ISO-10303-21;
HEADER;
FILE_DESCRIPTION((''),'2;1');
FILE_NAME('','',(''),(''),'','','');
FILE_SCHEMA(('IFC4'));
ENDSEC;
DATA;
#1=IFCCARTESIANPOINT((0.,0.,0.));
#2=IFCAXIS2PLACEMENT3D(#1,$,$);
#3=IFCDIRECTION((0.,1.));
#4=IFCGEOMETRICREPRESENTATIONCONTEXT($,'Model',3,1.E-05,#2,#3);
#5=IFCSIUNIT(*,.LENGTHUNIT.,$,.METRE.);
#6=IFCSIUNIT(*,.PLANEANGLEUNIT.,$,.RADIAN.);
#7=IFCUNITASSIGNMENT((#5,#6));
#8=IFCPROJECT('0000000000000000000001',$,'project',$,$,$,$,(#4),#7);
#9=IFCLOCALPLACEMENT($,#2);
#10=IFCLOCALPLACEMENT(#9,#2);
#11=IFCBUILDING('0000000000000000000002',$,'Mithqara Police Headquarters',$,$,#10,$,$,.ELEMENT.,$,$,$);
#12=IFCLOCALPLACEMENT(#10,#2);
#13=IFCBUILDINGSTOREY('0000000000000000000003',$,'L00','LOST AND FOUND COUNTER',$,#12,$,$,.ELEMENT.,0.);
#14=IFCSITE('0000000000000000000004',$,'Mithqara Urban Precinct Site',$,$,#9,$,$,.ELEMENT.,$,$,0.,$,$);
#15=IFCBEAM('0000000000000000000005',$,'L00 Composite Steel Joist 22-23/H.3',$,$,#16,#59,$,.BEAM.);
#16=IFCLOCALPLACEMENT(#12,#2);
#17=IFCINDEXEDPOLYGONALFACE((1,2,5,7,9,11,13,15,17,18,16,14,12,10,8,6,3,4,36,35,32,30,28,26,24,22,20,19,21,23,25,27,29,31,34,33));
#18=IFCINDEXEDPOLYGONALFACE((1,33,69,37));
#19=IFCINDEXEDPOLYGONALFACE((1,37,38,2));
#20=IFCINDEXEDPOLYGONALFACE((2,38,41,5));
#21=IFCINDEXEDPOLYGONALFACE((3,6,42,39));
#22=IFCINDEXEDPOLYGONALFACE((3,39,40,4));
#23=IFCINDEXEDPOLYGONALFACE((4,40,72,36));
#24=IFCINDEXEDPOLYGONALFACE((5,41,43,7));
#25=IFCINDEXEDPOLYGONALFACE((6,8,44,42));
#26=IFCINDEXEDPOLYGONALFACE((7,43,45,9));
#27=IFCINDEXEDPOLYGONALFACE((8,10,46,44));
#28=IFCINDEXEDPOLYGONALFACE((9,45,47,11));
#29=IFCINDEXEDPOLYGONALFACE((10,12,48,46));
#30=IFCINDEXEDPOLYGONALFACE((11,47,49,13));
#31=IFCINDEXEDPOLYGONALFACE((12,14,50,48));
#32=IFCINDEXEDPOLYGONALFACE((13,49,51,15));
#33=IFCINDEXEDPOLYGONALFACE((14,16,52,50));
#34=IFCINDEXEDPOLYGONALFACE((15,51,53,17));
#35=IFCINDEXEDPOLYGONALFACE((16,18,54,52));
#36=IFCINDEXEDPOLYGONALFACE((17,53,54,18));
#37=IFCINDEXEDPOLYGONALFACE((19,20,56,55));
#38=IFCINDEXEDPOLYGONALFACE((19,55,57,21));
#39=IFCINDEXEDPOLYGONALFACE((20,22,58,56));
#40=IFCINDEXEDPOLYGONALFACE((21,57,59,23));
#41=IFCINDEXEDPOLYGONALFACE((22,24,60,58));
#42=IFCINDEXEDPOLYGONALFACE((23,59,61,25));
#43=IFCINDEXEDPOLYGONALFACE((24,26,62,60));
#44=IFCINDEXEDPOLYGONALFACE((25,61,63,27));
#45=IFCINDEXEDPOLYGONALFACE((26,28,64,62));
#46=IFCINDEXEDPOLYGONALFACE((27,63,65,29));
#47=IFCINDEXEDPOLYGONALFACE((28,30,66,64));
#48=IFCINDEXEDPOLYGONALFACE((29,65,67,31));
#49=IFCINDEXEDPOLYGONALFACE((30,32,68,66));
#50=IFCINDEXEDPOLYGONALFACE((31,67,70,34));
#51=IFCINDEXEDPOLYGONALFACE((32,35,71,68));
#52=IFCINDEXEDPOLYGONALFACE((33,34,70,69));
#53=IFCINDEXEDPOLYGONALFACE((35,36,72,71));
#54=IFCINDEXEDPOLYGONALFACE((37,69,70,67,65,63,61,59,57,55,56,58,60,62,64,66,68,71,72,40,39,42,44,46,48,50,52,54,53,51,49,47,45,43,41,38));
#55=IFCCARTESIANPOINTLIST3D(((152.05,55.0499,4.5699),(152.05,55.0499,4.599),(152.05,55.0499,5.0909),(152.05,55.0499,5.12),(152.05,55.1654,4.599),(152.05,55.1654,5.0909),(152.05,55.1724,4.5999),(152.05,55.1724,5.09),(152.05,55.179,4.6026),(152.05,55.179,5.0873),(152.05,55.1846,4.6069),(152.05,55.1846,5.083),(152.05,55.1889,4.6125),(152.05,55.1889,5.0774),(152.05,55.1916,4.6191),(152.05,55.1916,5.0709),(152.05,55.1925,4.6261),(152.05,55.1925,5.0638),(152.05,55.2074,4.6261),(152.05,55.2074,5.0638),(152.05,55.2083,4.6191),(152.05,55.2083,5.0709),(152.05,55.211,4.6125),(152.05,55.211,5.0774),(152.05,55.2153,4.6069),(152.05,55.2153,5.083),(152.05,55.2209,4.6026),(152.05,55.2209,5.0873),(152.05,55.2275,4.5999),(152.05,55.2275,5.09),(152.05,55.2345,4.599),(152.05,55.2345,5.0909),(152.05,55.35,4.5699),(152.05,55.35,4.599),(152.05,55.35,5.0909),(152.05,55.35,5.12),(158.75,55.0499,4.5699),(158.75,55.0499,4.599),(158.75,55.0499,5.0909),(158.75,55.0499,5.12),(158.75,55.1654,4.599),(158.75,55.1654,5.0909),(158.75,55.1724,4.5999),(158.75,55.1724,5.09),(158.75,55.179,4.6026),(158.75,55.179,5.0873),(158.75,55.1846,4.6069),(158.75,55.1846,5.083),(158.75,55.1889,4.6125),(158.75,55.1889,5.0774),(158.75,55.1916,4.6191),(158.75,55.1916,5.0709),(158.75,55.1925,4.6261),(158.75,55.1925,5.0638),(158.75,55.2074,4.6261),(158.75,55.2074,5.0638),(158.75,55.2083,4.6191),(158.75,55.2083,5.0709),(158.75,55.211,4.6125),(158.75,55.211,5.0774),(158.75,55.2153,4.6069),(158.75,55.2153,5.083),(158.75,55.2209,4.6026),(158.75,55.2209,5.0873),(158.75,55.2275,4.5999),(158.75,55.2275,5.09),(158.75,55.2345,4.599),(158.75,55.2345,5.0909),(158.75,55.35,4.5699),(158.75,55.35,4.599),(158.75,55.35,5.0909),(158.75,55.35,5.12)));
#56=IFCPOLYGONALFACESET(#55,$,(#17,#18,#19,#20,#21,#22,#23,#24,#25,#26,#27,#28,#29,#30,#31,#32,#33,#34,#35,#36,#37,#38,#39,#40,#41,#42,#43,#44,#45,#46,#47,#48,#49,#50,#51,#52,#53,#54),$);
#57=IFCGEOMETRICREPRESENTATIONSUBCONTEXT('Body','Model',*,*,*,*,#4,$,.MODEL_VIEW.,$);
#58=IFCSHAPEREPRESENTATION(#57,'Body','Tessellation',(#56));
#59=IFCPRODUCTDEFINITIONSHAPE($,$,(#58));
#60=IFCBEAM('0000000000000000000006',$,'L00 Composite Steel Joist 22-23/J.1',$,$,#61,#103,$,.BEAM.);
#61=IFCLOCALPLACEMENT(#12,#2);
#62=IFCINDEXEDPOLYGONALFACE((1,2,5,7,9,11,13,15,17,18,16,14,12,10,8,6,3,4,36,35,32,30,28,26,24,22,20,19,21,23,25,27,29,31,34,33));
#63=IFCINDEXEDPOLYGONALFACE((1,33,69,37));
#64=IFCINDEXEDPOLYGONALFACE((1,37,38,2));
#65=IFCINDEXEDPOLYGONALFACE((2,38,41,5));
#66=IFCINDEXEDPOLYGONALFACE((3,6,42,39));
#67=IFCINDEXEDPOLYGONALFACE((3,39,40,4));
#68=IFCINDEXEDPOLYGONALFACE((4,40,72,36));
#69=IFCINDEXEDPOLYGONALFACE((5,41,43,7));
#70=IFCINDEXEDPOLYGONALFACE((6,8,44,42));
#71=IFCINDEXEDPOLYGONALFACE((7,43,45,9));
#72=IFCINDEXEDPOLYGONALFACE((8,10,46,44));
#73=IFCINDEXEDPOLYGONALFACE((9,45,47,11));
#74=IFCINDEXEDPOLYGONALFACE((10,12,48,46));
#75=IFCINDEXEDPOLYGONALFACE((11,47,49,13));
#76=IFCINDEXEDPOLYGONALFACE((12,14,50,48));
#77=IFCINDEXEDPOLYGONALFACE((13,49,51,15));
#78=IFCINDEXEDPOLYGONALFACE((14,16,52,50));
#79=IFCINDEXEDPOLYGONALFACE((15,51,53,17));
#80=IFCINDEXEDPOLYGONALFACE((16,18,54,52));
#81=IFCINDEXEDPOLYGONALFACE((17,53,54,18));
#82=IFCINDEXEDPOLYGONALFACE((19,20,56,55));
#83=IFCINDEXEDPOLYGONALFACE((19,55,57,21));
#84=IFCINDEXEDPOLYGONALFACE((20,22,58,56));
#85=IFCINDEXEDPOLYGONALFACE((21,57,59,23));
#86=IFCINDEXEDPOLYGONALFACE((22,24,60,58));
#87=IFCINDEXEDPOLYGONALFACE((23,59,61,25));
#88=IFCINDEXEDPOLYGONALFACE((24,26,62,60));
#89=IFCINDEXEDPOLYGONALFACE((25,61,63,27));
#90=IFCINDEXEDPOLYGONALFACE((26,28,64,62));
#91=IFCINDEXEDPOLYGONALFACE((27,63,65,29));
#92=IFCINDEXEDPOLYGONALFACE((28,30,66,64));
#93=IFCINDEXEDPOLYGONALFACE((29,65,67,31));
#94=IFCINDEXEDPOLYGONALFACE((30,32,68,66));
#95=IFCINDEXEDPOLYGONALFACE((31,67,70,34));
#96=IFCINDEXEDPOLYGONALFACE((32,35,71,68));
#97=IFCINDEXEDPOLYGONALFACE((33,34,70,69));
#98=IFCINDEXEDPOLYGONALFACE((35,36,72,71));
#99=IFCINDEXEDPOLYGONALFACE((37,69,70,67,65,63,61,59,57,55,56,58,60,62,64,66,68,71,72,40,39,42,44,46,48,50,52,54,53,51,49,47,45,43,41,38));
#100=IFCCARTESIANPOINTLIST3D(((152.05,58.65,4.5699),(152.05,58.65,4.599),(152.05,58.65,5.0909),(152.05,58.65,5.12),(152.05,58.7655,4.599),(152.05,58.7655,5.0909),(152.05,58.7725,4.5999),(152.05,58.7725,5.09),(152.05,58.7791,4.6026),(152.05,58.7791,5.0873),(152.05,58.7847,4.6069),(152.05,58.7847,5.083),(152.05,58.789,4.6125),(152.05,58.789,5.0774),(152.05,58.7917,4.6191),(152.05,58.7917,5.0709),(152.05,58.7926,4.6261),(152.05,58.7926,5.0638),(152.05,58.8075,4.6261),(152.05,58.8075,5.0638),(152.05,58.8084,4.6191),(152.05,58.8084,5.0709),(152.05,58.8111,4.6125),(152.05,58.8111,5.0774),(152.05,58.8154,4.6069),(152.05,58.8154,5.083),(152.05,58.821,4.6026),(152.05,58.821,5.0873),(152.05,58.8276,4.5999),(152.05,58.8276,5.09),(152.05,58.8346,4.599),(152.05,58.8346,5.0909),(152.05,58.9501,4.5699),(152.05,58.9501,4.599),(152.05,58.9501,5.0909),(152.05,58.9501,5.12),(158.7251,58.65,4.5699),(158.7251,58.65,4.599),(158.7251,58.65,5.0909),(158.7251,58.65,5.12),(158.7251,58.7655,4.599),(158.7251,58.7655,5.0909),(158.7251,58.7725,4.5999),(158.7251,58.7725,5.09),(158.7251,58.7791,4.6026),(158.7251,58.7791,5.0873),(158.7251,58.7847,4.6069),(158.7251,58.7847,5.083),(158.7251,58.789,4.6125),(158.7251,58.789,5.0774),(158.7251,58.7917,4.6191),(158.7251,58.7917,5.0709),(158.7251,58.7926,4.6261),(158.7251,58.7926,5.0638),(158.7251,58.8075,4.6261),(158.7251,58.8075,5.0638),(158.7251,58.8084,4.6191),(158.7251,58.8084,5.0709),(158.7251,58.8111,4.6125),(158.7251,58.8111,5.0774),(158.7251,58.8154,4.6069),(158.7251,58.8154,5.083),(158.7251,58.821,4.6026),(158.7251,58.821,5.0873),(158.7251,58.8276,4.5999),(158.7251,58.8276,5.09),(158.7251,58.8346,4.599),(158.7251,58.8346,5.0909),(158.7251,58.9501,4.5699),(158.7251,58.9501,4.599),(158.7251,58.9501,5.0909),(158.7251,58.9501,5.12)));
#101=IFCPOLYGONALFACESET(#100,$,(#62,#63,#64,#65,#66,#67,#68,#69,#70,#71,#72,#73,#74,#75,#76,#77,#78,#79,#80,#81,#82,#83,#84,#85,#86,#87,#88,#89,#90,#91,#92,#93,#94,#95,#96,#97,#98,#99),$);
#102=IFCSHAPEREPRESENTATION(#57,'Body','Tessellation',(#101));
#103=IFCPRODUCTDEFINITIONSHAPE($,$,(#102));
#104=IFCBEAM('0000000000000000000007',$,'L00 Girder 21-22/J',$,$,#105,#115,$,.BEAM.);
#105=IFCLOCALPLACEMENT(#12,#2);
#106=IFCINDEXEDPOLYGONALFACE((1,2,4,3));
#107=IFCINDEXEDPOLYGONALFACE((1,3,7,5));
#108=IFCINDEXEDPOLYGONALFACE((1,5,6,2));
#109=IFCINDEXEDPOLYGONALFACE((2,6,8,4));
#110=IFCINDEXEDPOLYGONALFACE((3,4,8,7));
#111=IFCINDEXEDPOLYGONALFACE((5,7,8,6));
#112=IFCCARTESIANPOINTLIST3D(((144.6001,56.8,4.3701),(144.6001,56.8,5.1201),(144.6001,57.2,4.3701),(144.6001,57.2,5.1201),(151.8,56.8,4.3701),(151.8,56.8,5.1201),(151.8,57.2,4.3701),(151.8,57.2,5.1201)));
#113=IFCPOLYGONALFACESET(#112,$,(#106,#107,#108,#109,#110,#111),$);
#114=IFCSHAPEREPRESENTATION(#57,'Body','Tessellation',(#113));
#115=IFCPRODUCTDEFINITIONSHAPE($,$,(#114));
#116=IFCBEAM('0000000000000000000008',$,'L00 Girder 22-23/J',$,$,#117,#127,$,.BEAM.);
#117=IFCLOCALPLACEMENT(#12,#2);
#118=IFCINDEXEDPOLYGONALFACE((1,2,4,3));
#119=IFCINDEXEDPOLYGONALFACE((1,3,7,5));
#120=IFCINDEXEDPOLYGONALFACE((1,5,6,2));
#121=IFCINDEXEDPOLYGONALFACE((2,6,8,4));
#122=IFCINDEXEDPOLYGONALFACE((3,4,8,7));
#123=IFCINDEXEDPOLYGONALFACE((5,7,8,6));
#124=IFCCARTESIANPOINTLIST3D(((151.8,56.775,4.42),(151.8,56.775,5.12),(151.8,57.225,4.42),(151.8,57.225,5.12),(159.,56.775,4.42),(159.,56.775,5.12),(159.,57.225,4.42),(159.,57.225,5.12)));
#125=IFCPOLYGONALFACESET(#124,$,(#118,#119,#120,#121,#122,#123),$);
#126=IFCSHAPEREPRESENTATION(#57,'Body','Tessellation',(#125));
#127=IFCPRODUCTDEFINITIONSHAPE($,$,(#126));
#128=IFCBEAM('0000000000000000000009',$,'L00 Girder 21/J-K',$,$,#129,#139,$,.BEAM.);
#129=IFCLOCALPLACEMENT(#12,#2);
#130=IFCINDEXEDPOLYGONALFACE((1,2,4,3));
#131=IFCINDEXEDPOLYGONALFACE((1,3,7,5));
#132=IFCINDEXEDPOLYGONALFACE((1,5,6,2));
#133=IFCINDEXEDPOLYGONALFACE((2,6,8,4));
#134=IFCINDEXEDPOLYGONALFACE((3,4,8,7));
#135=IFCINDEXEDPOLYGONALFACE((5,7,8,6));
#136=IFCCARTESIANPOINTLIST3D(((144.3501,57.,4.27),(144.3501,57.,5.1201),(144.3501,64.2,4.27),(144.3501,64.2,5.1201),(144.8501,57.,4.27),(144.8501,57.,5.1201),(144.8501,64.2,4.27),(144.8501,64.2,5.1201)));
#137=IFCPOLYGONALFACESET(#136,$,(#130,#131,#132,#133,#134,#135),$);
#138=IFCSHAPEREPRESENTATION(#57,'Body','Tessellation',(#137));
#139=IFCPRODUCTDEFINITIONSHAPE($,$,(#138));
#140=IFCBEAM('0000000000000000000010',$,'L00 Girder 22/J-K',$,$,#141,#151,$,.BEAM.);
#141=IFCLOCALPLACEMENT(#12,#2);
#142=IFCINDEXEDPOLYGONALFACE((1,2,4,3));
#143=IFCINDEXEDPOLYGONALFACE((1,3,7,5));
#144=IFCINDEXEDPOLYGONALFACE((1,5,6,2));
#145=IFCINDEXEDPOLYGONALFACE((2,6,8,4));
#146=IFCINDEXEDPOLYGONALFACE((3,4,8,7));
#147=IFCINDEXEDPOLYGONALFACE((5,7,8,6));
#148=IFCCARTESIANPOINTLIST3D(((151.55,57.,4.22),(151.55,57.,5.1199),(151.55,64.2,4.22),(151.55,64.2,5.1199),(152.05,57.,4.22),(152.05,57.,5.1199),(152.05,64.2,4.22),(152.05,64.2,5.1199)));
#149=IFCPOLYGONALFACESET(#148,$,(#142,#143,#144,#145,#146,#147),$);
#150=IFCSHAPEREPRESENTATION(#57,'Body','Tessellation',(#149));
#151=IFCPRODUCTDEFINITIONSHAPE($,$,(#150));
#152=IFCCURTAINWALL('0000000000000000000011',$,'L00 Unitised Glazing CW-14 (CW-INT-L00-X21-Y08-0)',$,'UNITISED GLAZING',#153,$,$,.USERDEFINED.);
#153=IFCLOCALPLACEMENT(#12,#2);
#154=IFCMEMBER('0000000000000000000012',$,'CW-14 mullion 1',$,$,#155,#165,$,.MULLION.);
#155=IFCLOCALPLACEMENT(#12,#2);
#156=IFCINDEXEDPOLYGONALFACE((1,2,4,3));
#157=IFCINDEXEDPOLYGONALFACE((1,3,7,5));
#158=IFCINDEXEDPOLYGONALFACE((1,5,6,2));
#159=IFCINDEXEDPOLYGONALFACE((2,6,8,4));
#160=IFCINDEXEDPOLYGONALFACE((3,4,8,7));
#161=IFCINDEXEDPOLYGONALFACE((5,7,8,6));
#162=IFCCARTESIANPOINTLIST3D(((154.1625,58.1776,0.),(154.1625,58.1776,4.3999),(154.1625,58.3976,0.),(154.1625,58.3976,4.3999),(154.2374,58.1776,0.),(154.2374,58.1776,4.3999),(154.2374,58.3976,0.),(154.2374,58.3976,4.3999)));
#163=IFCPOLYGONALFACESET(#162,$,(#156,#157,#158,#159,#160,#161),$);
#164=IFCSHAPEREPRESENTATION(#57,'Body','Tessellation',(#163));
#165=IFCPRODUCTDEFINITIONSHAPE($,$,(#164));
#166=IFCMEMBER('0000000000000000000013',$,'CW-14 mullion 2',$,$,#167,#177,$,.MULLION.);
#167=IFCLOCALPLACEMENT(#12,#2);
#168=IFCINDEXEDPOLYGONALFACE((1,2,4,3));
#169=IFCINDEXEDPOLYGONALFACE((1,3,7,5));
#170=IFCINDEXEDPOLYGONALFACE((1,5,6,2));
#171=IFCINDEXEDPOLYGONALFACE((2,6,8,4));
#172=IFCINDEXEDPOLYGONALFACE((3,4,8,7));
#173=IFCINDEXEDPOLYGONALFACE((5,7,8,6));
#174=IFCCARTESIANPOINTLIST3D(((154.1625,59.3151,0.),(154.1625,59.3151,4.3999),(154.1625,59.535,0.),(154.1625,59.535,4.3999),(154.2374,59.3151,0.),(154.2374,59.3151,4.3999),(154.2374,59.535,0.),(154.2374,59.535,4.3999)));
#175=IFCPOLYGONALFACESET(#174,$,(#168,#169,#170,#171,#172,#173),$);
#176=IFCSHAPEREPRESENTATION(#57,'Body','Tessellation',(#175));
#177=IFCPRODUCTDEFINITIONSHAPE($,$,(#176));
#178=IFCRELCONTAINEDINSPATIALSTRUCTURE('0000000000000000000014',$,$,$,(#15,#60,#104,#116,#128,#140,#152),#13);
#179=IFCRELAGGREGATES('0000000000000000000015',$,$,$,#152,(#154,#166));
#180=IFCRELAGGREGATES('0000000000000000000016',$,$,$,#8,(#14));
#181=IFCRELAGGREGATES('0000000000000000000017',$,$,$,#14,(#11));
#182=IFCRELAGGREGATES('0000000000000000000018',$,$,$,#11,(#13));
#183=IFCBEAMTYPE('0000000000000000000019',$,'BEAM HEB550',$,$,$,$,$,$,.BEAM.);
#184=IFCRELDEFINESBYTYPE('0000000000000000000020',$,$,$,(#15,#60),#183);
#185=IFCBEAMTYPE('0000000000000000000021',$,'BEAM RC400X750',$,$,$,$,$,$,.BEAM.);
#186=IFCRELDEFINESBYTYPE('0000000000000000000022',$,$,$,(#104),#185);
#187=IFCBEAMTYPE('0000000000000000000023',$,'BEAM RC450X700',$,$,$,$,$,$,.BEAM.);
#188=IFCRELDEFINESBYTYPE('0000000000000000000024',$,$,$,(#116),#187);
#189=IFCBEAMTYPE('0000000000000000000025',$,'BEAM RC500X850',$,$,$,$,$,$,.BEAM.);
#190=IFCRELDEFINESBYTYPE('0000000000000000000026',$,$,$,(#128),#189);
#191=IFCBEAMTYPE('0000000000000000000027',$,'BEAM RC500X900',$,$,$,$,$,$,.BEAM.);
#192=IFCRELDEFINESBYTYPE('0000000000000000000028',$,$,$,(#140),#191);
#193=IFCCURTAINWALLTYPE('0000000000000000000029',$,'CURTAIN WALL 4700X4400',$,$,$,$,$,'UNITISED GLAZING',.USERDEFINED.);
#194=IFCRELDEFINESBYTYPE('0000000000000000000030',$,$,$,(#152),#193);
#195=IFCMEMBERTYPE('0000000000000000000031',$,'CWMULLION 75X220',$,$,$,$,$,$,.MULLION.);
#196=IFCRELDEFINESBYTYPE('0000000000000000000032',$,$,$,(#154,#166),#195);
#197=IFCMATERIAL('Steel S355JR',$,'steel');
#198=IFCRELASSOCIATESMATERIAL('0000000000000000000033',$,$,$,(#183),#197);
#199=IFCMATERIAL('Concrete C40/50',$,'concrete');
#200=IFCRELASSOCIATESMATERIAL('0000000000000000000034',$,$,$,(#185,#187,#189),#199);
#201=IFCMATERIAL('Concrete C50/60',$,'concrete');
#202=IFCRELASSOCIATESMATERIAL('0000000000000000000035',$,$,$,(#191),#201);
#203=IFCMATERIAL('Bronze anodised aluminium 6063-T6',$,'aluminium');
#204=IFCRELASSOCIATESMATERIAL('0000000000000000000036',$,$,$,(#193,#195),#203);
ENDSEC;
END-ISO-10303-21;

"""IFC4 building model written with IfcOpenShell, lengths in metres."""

from ifc_helpers import new_model, si_unit, direction, frame, origin, origin_2d, place, context, subcontext, project, spatial, rectangle, i_section, extrude, material, material_profile, profile_set, type_object, element, aggregate, save


model = new_model("IFC4")

# Units and contexts
model_context = context("Model", 3, precision=1e-05, world=origin(), true_north=direction((0.0, 1.0)))
body_context = subcontext(model_context, "Body", "Model", "MODEL_VIEW")
ifc_project = project(units=[si_unit("LENGTHUNIT", "METRE"), si_unit("PLANEANGLEUNIT", "RADIAN")], contexts=[model_context])

# Site, building, storey
site_placement = place(None, origin())
site = spatial("IfcSite", under=ifc_project, at=site_placement, Name="Mithqara Urban Precinct Site", CompositionType="ELEMENT", RefElevation=0.0)
building_placement = place(site_placement, origin())
building = spatial("IfcBuilding", under=site, at=building_placement, Name="Mithqara Police Headquarters", CompositionType="ELEMENT")
storey_placement = place(building_placement, origin())
storey = spatial("IfcBuildingStorey", under=building, at=storey_placement, Name="L00", Description="LOST AND FOUND COUNTER", CompositionType="ELEMENT", Elevation=0.0)

# Shared definitions
ifc_material_1 = material(Name="Concrete C50/60", Category="concrete")

# Beams
ifc_material_2 = material(Name="Steel S355JR", Category="steel")
ifc_material_profile_1 = material_profile(ifc_material_2, i_section(OverallWidth=0.3, OverallDepth=0.55, WebThickness=0.0149, FlangeThickness=0.0291, FilletRadius=0.0271, at=origin_2d()), Name="HEB 550")
ifc_profile_set_1 = profile_set([ifc_material_profile_1], Name="Steel S355JR")
beam_type_1 = type_object("IfcBeamType", Name="BEAM HEB550", PredefinedType="BEAM", material=ifc_profile_set_1)
for number, where, z_axis, x_axis, name in (
    (1, (152.05, 55.2, 4.845), (1.0, 0.0, 0.0), (0.0, 1.0, 0.0), "L00 Composite Steel Joist 22-23/H.3"),
):
    element("IfcBeam", number, at=place(storey_placement, frame(where, z_axis=z_axis, x_axis=x_axis)), inside=storey, type_object=beam_type_1, Name=name, PredefinedType="BEAM", context=body_context, shape_type="SweptSolid", body=[
        extrude(i_section(OverallWidth=0.3, OverallDepth=0.55, WebThickness=0.0149, FlangeThickness=0.0291, FilletRadius=0.0271, at=origin_2d()), origin(), (0.0, 0.0, 1.0), 6.7),
    ])
beam_1_placement = place(storey_placement, frame((152.05, 58.8, 4.845), z_axis=(1.0, 0.0, 0.0), x_axis=(0.0, 1.0, 0.0)))
element("IfcBeam", 2, at=beam_1_placement, inside=storey, type_object=beam_type_1, Name="L00 Composite Steel Joist 22-23/J.1", PredefinedType="BEAM", context=body_context, shape_type="SweptSolid", body=[
    extrude(i_section(OverallWidth=0.3, OverallDepth=0.55, WebThickness=0.0149, FlangeThickness=0.0291, FilletRadius=0.0271, at=origin_2d()), origin(), (0.0, 0.0, 1.0), 6.675),
])
ifc_material_3 = material(Name="Concrete C40/50", Category="concrete")
ifc_material_profile_2 = material_profile(ifc_material_3, rectangle(XDim=0.3999, YDim=0.75, at=origin_2d()), Name="RC 400x750")
ifc_profile_set_2 = profile_set([ifc_material_profile_2], Name="Concrete C40/50")
beam_type_2 = type_object("IfcBeamType", Name="BEAM RC400X750", PredefinedType="BEAM", material=ifc_profile_set_2)
beam_2_placement = place(storey_placement, frame((144.6001, 57.0, 4.7451), z_axis=(1.0, 0.0, 0.0), x_axis=(0.0, 1.0, 0.0)))
element("IfcBeam", 3, at=beam_2_placement, inside=storey, type_object=beam_type_2, Name="L00 Girder 21-22/J", PredefinedType="BEAM", context=body_context, shape_type="SweptSolid", body=[
    extrude(rectangle(XDim=0.3999, YDim=0.75, at=origin_2d()), origin(), (0.0, 0.0, 1.0), 7.2),
])
ifc_material_profile_3 = material_profile(ifc_material_3, rectangle(XDim=0.45, YDim=0.7, at=origin_2d()), Name="RC 450x700")
ifc_profile_set_3 = profile_set([ifc_material_profile_3], Name="Concrete C40/50")
beam_type_3 = type_object("IfcBeamType", Name="BEAM RC450X700", PredefinedType="BEAM", material=ifc_profile_set_3)
beam_3_placement = place(storey_placement, frame((151.8, 57.0, 4.77), z_axis=(1.0, 0.0, 0.0), x_axis=(0.0, 1.0, 0.0)))
element("IfcBeam", 4, at=beam_3_placement, inside=storey, type_object=beam_type_3, Name="L00 Girder 22-23/J", PredefinedType="BEAM", context=body_context, shape_type="SweptSolid", body=[
    extrude(rectangle(XDim=0.45, YDim=0.7, at=origin_2d()), origin(), (0.0, 0.0, 1.0), 7.2),
])
ifc_material_profile_4 = material_profile(ifc_material_3, rectangle(XDim=0.5, YDim=0.8501, at=origin_2d()), Name="RC 500x850")
ifc_profile_set_4 = profile_set([ifc_material_profile_4], Name="Concrete C40/50")
beam_type_4 = type_object("IfcBeamType", Name="BEAM RC500X850", PredefinedType="BEAM", material=ifc_profile_set_4)
beam_4_placement = place(storey_placement, frame((144.6001, 57.0, 4.6951), z_axis=(0.0, 1.0, 0.0), x_axis=(-1.0, 0.0, 0.0)))
element("IfcBeam", 5, at=beam_4_placement, inside=storey, type_object=beam_type_4, Name="L00 Girder 21/J-K", PredefinedType="BEAM", context=body_context, shape_type="SweptSolid", body=[
    extrude(rectangle(XDim=0.5, YDim=0.8501, at=origin_2d()), origin(), (0.0, 0.0, 1.0), 7.2),
])
ifc_material_profile_5 = material_profile(ifc_material_1, rectangle(XDim=0.5, YDim=0.8999, at=origin_2d()), Name="RC 500x900")
ifc_profile_set_5 = profile_set([ifc_material_profile_5], Name="Concrete C50/60")
beam_type_5 = type_object("IfcBeamType", Name="BEAM RC500X900", PredefinedType="BEAM", material=ifc_profile_set_5)
beam_5_placement = place(storey_placement, frame((151.8, 57.0, 4.6699), z_axis=(0.0, 1.0, 0.0), x_axis=(-1.0, 0.0, 0.0)))
element("IfcBeam", 6, at=beam_5_placement, inside=storey, type_object=beam_type_5, Name="L00 Girder 22/J-K", PredefinedType="BEAM", context=body_context, shape_type="SweptSolid", body=[
    extrude(rectangle(XDim=0.5, YDim=0.8999, at=origin_2d()), origin(), (0.0, 0.0, 1.0), 7.2),
])

# Curtain wall, members
ifc_material_4 = material(Name="Bronze anodised aluminium 6063-T6", Category="aluminium")
curtain_wall_type = type_object("IfcCurtainWallType", Name="CURTAIN WALL 4700X4400", ElementType="UNITISED GLAZING", PredefinedType="USERDEFINED", material=ifc_material_4)
curtain_wall_placement = place(storey_placement, origin())
curtain_wall = element("IfcCurtainWall", 7, at=curtain_wall_placement, inside=storey, type_object=curtain_wall_type, Name="L00 Unitised Glazing CW-14 (CW-INT-L00-X21-Y08-0)", ObjectType="UNITISED GLAZING", PredefinedType="USERDEFINED")
ifc_material_profile_6 = material_profile(ifc_material_4, rectangle(XDim=0.075, YDim=0.22, at=origin_2d()), Name="CWM 75x220")
ifc_profile_set_6 = profile_set([ifc_material_profile_6], Name="Bronze anodised aluminium 6063-T6")
member_type_1 = type_object("IfcMemberType", Name="CWMULLION 75X220", PredefinedType="MULLION", material=ifc_profile_set_6)
member_1_placement = place(storey_placement, frame((154.2, 58.2876, 0.0), z_axis=(0.0, 0.0, 1.0), x_axis=(-1.0, 0.0, 0.0)))
member_1 = element("IfcMember", 8, at=member_1_placement, type_object=member_type_1, Name="CW-14 mullion 1", PredefinedType="MULLION", context=body_context, shape_type="SweptSolid", body=[
    extrude(rectangle(XDim=0.075, YDim=0.22, at=origin_2d()), origin(), (0.0, 0.0, 1.0), 4.3999),
])
member_2_placement = place(storey_placement, frame((154.2, 59.425, 0.0), z_axis=(0.0, 0.0, 1.0), x_axis=(-1.0, 0.0, 0.0)))
member_2 = element("IfcMember", 9, at=member_2_placement, type_object=member_type_1, Name="CW-14 mullion 2", PredefinedType="MULLION", context=body_context, shape_type="SweptSolid", body=[
    extrude(rectangle(XDim=0.075, YDim=0.22, at=origin_2d()), origin(), (0.0, 0.0, 1.0), 4.3999),
])
aggregate(curtain_wall, [member_1, member_2])

save(model, "model.ifc")
